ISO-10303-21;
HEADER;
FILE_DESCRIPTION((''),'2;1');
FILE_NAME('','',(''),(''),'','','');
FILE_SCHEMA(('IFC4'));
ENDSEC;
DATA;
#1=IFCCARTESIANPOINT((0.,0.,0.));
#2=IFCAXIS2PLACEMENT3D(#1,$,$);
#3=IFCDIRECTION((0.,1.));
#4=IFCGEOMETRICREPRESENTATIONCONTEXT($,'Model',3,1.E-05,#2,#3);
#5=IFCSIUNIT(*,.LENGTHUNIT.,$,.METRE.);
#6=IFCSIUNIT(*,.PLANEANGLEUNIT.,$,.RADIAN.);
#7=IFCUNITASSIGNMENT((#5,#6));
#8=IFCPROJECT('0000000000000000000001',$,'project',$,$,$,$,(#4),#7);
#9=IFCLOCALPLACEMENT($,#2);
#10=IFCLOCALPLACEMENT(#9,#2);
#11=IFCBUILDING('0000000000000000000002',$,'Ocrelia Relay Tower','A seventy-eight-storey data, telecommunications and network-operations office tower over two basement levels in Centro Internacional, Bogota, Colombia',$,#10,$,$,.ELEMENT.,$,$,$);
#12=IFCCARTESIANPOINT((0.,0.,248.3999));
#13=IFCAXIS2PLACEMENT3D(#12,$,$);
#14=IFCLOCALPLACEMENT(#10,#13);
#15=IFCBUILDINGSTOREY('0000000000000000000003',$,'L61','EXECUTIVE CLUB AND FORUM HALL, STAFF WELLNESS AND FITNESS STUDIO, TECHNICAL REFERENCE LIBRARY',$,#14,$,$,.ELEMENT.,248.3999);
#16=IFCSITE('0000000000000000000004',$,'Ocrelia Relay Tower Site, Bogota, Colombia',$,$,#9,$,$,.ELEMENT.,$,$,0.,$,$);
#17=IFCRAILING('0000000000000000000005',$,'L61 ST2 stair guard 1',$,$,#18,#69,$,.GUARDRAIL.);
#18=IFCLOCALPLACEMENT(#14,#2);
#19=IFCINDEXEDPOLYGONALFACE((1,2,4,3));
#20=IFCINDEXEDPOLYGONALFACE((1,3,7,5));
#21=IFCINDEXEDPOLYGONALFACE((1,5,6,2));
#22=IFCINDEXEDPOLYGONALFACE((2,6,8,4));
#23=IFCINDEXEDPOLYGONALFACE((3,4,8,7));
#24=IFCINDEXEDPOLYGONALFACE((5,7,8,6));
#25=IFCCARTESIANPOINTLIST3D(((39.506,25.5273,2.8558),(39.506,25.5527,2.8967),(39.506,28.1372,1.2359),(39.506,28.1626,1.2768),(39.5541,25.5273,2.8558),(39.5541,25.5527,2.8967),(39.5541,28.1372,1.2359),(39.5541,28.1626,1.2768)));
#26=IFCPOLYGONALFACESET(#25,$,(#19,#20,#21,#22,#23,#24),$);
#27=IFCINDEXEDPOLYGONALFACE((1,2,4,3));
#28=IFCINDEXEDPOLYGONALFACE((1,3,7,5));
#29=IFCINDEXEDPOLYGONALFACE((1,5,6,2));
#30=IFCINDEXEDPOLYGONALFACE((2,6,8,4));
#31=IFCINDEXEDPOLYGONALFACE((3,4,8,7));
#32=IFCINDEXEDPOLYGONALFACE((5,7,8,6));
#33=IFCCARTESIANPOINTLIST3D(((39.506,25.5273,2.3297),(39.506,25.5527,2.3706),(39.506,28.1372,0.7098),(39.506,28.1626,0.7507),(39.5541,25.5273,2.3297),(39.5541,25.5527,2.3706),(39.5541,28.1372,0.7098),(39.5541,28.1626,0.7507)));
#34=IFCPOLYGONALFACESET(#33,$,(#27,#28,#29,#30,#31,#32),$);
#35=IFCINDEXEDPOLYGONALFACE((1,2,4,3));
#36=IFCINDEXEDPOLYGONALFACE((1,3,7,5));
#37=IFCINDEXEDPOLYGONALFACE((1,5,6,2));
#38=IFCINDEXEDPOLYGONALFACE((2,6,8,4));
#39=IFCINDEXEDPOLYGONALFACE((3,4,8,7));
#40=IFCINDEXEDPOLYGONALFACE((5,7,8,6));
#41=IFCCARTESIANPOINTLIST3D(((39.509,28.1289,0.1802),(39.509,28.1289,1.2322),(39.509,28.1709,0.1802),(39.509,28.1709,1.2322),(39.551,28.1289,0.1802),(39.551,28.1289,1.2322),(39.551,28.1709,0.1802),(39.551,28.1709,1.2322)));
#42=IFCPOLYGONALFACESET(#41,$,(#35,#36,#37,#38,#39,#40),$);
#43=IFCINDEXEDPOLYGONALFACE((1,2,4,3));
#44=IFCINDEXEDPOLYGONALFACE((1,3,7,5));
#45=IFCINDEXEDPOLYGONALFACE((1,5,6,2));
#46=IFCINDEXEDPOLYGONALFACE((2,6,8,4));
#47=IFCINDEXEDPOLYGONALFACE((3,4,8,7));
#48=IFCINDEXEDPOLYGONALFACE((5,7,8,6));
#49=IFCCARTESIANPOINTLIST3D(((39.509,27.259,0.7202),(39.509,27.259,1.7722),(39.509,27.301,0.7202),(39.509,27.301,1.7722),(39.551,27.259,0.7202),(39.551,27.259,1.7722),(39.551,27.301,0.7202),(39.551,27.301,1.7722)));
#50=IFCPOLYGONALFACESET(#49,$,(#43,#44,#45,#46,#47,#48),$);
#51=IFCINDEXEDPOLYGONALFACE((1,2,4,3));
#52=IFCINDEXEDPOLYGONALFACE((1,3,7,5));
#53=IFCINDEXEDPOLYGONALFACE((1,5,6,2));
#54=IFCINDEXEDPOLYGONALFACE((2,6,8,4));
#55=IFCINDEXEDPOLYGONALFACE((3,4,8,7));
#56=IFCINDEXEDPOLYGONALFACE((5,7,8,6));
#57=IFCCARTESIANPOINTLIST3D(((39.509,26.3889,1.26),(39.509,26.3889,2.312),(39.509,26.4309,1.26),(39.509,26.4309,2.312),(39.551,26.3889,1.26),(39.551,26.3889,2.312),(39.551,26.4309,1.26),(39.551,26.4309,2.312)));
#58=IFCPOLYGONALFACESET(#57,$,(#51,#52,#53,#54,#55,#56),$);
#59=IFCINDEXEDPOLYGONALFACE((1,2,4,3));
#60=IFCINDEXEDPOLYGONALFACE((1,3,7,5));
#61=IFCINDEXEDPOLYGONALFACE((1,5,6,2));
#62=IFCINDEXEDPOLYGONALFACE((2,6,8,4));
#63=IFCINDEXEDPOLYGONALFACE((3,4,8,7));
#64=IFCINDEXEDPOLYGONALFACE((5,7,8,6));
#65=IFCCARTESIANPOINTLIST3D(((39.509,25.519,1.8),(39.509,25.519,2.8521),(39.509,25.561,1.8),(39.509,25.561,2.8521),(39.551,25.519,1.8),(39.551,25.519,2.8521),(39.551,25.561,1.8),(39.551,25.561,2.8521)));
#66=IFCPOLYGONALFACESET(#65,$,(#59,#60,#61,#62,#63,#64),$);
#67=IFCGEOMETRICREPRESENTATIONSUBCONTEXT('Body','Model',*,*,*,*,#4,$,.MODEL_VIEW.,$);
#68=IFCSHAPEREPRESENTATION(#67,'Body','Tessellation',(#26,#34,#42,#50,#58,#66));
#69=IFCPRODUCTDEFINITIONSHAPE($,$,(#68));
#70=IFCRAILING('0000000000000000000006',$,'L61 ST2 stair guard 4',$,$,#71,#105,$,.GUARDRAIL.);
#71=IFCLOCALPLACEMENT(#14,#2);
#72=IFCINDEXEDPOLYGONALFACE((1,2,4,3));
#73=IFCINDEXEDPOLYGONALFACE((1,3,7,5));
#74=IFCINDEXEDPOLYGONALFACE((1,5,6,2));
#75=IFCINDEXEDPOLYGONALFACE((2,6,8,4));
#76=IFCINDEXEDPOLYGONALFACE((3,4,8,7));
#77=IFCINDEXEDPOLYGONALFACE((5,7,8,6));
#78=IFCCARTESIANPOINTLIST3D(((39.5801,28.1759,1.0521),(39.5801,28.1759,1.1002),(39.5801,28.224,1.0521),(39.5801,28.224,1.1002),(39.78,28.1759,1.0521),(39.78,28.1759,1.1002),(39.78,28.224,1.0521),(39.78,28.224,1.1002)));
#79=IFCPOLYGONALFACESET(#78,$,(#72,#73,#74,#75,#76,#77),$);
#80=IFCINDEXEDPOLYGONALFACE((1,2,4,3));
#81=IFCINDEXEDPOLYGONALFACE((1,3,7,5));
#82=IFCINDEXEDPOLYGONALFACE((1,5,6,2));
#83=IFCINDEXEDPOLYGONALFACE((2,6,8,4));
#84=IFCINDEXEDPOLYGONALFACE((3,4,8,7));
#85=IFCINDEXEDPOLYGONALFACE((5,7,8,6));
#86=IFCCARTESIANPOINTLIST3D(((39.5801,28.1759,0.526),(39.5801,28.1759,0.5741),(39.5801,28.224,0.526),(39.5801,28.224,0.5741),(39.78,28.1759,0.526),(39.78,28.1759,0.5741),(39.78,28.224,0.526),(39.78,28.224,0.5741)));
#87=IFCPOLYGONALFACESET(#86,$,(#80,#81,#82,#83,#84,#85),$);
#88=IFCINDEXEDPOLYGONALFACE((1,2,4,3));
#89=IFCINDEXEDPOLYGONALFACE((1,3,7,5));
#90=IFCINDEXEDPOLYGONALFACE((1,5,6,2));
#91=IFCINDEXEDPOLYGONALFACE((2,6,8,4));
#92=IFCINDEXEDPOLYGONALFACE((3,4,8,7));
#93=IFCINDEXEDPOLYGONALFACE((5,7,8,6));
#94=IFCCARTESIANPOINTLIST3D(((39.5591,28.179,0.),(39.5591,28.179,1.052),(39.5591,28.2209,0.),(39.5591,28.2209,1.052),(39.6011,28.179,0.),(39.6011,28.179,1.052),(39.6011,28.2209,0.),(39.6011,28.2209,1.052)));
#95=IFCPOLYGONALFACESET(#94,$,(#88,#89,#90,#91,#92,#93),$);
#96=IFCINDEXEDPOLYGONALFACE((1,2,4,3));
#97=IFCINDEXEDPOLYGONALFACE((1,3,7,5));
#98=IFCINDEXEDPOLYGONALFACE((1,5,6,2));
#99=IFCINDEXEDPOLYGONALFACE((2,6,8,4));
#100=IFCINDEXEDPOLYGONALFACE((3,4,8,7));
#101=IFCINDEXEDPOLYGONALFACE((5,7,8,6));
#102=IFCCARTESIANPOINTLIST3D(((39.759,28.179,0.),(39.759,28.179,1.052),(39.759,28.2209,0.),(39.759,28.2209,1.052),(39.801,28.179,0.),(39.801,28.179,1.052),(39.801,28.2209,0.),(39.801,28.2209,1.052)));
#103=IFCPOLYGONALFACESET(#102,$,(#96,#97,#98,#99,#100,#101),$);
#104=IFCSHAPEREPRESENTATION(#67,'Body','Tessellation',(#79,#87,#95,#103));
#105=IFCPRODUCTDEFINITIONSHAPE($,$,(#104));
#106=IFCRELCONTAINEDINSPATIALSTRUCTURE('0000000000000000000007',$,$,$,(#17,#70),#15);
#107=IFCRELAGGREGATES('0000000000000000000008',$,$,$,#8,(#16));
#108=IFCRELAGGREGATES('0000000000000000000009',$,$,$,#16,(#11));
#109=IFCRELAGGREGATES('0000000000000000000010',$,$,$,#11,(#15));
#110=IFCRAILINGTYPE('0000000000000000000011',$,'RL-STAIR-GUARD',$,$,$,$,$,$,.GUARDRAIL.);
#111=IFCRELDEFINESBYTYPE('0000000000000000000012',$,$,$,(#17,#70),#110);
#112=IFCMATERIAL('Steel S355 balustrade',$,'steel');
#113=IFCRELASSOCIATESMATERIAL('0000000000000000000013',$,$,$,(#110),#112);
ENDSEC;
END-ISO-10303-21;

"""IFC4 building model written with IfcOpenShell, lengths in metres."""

from ifc_helpers import new_model, si_unit, direction, frame, origin, origin_2d, place, context, subcontext, project, spatial, rectangle, extrude, material, type_object, element, save


model = new_model("IFC4")

# Units and contexts
model_context = context("Model", 3, precision=1e-05, world=origin(), true_north=direction((0.0, 1.0)))
body_context = subcontext(model_context, "Body", "Model", "MODEL_VIEW")
ifc_project = project(units=[si_unit("LENGTHUNIT", "METRE"), si_unit("PLANEANGLEUNIT", "RADIAN")], contexts=[model_context])

# Site, building, storey
site_placement = place(None, origin())
site = spatial("IfcSite", under=ifc_project, at=site_placement, Name="Ocrelia Relay Tower Site, Bogota, Colombia", CompositionType="ELEMENT", RefElevation=0.0)
building_placement = place(site_placement, origin())
building = spatial("IfcBuilding", under=site, at=building_placement, Name="Ocrelia Relay Tower", Description="A seventy-eight-storey data, telecommunications and network-operations office tower over two basement levels in Centro Internacional, Bogota, Colombia", CompositionType="ELEMENT")
storey_placement = place(building_placement, frame((0.0, 0.0, 248.3999)))
storey = spatial("IfcBuildingStorey", under=building, at=storey_placement, Name="L61", Description="EXECUTIVE CLUB AND FORUM HALL, STAFF WELLNESS AND FITNESS STUDIO, TECHNICAL REFERENCE LIBRARY", CompositionType="ELEMENT", Elevation=248.3999)

# Railings
ifc_material_1 = material(Name="Steel S355 balustrade", Category="steel")
railing_type = type_object("IfcRailingType", Name="RL-STAIR-GUARD", PredefinedType="GUARDRAIL", material=ifc_material_1)
railing_1_placement = place(storey_placement, frame((39.53, 28.1499, 0.1802)))
element("IfcRailing", 1, at=railing_1_placement, inside=storey, type_object=railing_type, Name="L61 ST2 stair guard 1", PredefinedType="GUARDRAIL", context=body_context, shape_type="SweptSolid", body=[
    extrude(rectangle(XDim=0.0481, YDim=0.0481, at=origin_2d()), frame((0.0, 0.0, 1.0762), z_axis=(0.0, -0.849646, 0.527353), x_axis=(1.0, 0.0, 0.0)), (0.0, 0.0, 1.0), 3.0718),
    extrude(rectangle(XDim=0.0481, YDim=0.0481, at=origin_2d()), frame((0.0, 0.0, 0.55), z_axis=(0.0, -0.849646, 0.527353), x_axis=(1.0, 0.0, 0.0)), (0.0, 0.0, 1.0), 3.0718),
    extrude(rectangle(XDim=0.042, YDim=0.042, at=origin_2d()), origin(), (0.0, 0.0, 1.0), 1.052),
    extrude(rectangle(XDim=0.042, YDim=0.042, at=origin_2d()), frame((0.0, -0.8699, 0.54)), (0.0, 0.0, 1.0), 1.052),
    extrude(rectangle(XDim=0.042, YDim=0.042, at=origin_2d()), frame((0.0, -1.74, 1.0798)), (0.0, 0.0, 1.0), 1.052),
    extrude(rectangle(XDim=0.042, YDim=0.042, at=origin_2d()), frame((0.0, -2.6099, 1.6199)), (0.0, 0.0, 1.0), 1.052),
])
railing_2_placement = place(storey_placement, frame((39.5801, 28.2, 0.0)))
element("IfcRailing", 2, at=railing_2_placement, inside=storey, type_object=railing_type, Name="L61 ST2 stair guard 4", PredefinedType="GUARDRAIL", context=body_context, shape_type="SweptSolid", body=[
    extrude(rectangle(XDim=0.0481, YDim=0.0481, at=origin_2d()), frame((0.0, 0.0, 1.0762), z_axis=(1.0, 0.0, 0.0), x_axis=(0.0, 1.0, 0.0)), (0.0, 0.0, 1.0), 0.2),
    extrude(rectangle(XDim=0.0481, YDim=0.0481, at=origin_2d()), frame((0.0, 0.0, 0.55), z_axis=(1.0, 0.0, 0.0), x_axis=(0.0, 1.0, 0.0)), (0.0, 0.0, 1.0), 0.2),
    extrude(rectangle(XDim=0.042, YDim=0.042, at=origin_2d()), origin(), (0.0, 0.0, 1.0), 1.052),
    extrude(rectangle(XDim=0.042, YDim=0.042, at=origin_2d()), frame((0.2, 0.0, 0.0)), (0.0, 0.0, 1.0), 1.052),
])

save(model, "model.ifc")
